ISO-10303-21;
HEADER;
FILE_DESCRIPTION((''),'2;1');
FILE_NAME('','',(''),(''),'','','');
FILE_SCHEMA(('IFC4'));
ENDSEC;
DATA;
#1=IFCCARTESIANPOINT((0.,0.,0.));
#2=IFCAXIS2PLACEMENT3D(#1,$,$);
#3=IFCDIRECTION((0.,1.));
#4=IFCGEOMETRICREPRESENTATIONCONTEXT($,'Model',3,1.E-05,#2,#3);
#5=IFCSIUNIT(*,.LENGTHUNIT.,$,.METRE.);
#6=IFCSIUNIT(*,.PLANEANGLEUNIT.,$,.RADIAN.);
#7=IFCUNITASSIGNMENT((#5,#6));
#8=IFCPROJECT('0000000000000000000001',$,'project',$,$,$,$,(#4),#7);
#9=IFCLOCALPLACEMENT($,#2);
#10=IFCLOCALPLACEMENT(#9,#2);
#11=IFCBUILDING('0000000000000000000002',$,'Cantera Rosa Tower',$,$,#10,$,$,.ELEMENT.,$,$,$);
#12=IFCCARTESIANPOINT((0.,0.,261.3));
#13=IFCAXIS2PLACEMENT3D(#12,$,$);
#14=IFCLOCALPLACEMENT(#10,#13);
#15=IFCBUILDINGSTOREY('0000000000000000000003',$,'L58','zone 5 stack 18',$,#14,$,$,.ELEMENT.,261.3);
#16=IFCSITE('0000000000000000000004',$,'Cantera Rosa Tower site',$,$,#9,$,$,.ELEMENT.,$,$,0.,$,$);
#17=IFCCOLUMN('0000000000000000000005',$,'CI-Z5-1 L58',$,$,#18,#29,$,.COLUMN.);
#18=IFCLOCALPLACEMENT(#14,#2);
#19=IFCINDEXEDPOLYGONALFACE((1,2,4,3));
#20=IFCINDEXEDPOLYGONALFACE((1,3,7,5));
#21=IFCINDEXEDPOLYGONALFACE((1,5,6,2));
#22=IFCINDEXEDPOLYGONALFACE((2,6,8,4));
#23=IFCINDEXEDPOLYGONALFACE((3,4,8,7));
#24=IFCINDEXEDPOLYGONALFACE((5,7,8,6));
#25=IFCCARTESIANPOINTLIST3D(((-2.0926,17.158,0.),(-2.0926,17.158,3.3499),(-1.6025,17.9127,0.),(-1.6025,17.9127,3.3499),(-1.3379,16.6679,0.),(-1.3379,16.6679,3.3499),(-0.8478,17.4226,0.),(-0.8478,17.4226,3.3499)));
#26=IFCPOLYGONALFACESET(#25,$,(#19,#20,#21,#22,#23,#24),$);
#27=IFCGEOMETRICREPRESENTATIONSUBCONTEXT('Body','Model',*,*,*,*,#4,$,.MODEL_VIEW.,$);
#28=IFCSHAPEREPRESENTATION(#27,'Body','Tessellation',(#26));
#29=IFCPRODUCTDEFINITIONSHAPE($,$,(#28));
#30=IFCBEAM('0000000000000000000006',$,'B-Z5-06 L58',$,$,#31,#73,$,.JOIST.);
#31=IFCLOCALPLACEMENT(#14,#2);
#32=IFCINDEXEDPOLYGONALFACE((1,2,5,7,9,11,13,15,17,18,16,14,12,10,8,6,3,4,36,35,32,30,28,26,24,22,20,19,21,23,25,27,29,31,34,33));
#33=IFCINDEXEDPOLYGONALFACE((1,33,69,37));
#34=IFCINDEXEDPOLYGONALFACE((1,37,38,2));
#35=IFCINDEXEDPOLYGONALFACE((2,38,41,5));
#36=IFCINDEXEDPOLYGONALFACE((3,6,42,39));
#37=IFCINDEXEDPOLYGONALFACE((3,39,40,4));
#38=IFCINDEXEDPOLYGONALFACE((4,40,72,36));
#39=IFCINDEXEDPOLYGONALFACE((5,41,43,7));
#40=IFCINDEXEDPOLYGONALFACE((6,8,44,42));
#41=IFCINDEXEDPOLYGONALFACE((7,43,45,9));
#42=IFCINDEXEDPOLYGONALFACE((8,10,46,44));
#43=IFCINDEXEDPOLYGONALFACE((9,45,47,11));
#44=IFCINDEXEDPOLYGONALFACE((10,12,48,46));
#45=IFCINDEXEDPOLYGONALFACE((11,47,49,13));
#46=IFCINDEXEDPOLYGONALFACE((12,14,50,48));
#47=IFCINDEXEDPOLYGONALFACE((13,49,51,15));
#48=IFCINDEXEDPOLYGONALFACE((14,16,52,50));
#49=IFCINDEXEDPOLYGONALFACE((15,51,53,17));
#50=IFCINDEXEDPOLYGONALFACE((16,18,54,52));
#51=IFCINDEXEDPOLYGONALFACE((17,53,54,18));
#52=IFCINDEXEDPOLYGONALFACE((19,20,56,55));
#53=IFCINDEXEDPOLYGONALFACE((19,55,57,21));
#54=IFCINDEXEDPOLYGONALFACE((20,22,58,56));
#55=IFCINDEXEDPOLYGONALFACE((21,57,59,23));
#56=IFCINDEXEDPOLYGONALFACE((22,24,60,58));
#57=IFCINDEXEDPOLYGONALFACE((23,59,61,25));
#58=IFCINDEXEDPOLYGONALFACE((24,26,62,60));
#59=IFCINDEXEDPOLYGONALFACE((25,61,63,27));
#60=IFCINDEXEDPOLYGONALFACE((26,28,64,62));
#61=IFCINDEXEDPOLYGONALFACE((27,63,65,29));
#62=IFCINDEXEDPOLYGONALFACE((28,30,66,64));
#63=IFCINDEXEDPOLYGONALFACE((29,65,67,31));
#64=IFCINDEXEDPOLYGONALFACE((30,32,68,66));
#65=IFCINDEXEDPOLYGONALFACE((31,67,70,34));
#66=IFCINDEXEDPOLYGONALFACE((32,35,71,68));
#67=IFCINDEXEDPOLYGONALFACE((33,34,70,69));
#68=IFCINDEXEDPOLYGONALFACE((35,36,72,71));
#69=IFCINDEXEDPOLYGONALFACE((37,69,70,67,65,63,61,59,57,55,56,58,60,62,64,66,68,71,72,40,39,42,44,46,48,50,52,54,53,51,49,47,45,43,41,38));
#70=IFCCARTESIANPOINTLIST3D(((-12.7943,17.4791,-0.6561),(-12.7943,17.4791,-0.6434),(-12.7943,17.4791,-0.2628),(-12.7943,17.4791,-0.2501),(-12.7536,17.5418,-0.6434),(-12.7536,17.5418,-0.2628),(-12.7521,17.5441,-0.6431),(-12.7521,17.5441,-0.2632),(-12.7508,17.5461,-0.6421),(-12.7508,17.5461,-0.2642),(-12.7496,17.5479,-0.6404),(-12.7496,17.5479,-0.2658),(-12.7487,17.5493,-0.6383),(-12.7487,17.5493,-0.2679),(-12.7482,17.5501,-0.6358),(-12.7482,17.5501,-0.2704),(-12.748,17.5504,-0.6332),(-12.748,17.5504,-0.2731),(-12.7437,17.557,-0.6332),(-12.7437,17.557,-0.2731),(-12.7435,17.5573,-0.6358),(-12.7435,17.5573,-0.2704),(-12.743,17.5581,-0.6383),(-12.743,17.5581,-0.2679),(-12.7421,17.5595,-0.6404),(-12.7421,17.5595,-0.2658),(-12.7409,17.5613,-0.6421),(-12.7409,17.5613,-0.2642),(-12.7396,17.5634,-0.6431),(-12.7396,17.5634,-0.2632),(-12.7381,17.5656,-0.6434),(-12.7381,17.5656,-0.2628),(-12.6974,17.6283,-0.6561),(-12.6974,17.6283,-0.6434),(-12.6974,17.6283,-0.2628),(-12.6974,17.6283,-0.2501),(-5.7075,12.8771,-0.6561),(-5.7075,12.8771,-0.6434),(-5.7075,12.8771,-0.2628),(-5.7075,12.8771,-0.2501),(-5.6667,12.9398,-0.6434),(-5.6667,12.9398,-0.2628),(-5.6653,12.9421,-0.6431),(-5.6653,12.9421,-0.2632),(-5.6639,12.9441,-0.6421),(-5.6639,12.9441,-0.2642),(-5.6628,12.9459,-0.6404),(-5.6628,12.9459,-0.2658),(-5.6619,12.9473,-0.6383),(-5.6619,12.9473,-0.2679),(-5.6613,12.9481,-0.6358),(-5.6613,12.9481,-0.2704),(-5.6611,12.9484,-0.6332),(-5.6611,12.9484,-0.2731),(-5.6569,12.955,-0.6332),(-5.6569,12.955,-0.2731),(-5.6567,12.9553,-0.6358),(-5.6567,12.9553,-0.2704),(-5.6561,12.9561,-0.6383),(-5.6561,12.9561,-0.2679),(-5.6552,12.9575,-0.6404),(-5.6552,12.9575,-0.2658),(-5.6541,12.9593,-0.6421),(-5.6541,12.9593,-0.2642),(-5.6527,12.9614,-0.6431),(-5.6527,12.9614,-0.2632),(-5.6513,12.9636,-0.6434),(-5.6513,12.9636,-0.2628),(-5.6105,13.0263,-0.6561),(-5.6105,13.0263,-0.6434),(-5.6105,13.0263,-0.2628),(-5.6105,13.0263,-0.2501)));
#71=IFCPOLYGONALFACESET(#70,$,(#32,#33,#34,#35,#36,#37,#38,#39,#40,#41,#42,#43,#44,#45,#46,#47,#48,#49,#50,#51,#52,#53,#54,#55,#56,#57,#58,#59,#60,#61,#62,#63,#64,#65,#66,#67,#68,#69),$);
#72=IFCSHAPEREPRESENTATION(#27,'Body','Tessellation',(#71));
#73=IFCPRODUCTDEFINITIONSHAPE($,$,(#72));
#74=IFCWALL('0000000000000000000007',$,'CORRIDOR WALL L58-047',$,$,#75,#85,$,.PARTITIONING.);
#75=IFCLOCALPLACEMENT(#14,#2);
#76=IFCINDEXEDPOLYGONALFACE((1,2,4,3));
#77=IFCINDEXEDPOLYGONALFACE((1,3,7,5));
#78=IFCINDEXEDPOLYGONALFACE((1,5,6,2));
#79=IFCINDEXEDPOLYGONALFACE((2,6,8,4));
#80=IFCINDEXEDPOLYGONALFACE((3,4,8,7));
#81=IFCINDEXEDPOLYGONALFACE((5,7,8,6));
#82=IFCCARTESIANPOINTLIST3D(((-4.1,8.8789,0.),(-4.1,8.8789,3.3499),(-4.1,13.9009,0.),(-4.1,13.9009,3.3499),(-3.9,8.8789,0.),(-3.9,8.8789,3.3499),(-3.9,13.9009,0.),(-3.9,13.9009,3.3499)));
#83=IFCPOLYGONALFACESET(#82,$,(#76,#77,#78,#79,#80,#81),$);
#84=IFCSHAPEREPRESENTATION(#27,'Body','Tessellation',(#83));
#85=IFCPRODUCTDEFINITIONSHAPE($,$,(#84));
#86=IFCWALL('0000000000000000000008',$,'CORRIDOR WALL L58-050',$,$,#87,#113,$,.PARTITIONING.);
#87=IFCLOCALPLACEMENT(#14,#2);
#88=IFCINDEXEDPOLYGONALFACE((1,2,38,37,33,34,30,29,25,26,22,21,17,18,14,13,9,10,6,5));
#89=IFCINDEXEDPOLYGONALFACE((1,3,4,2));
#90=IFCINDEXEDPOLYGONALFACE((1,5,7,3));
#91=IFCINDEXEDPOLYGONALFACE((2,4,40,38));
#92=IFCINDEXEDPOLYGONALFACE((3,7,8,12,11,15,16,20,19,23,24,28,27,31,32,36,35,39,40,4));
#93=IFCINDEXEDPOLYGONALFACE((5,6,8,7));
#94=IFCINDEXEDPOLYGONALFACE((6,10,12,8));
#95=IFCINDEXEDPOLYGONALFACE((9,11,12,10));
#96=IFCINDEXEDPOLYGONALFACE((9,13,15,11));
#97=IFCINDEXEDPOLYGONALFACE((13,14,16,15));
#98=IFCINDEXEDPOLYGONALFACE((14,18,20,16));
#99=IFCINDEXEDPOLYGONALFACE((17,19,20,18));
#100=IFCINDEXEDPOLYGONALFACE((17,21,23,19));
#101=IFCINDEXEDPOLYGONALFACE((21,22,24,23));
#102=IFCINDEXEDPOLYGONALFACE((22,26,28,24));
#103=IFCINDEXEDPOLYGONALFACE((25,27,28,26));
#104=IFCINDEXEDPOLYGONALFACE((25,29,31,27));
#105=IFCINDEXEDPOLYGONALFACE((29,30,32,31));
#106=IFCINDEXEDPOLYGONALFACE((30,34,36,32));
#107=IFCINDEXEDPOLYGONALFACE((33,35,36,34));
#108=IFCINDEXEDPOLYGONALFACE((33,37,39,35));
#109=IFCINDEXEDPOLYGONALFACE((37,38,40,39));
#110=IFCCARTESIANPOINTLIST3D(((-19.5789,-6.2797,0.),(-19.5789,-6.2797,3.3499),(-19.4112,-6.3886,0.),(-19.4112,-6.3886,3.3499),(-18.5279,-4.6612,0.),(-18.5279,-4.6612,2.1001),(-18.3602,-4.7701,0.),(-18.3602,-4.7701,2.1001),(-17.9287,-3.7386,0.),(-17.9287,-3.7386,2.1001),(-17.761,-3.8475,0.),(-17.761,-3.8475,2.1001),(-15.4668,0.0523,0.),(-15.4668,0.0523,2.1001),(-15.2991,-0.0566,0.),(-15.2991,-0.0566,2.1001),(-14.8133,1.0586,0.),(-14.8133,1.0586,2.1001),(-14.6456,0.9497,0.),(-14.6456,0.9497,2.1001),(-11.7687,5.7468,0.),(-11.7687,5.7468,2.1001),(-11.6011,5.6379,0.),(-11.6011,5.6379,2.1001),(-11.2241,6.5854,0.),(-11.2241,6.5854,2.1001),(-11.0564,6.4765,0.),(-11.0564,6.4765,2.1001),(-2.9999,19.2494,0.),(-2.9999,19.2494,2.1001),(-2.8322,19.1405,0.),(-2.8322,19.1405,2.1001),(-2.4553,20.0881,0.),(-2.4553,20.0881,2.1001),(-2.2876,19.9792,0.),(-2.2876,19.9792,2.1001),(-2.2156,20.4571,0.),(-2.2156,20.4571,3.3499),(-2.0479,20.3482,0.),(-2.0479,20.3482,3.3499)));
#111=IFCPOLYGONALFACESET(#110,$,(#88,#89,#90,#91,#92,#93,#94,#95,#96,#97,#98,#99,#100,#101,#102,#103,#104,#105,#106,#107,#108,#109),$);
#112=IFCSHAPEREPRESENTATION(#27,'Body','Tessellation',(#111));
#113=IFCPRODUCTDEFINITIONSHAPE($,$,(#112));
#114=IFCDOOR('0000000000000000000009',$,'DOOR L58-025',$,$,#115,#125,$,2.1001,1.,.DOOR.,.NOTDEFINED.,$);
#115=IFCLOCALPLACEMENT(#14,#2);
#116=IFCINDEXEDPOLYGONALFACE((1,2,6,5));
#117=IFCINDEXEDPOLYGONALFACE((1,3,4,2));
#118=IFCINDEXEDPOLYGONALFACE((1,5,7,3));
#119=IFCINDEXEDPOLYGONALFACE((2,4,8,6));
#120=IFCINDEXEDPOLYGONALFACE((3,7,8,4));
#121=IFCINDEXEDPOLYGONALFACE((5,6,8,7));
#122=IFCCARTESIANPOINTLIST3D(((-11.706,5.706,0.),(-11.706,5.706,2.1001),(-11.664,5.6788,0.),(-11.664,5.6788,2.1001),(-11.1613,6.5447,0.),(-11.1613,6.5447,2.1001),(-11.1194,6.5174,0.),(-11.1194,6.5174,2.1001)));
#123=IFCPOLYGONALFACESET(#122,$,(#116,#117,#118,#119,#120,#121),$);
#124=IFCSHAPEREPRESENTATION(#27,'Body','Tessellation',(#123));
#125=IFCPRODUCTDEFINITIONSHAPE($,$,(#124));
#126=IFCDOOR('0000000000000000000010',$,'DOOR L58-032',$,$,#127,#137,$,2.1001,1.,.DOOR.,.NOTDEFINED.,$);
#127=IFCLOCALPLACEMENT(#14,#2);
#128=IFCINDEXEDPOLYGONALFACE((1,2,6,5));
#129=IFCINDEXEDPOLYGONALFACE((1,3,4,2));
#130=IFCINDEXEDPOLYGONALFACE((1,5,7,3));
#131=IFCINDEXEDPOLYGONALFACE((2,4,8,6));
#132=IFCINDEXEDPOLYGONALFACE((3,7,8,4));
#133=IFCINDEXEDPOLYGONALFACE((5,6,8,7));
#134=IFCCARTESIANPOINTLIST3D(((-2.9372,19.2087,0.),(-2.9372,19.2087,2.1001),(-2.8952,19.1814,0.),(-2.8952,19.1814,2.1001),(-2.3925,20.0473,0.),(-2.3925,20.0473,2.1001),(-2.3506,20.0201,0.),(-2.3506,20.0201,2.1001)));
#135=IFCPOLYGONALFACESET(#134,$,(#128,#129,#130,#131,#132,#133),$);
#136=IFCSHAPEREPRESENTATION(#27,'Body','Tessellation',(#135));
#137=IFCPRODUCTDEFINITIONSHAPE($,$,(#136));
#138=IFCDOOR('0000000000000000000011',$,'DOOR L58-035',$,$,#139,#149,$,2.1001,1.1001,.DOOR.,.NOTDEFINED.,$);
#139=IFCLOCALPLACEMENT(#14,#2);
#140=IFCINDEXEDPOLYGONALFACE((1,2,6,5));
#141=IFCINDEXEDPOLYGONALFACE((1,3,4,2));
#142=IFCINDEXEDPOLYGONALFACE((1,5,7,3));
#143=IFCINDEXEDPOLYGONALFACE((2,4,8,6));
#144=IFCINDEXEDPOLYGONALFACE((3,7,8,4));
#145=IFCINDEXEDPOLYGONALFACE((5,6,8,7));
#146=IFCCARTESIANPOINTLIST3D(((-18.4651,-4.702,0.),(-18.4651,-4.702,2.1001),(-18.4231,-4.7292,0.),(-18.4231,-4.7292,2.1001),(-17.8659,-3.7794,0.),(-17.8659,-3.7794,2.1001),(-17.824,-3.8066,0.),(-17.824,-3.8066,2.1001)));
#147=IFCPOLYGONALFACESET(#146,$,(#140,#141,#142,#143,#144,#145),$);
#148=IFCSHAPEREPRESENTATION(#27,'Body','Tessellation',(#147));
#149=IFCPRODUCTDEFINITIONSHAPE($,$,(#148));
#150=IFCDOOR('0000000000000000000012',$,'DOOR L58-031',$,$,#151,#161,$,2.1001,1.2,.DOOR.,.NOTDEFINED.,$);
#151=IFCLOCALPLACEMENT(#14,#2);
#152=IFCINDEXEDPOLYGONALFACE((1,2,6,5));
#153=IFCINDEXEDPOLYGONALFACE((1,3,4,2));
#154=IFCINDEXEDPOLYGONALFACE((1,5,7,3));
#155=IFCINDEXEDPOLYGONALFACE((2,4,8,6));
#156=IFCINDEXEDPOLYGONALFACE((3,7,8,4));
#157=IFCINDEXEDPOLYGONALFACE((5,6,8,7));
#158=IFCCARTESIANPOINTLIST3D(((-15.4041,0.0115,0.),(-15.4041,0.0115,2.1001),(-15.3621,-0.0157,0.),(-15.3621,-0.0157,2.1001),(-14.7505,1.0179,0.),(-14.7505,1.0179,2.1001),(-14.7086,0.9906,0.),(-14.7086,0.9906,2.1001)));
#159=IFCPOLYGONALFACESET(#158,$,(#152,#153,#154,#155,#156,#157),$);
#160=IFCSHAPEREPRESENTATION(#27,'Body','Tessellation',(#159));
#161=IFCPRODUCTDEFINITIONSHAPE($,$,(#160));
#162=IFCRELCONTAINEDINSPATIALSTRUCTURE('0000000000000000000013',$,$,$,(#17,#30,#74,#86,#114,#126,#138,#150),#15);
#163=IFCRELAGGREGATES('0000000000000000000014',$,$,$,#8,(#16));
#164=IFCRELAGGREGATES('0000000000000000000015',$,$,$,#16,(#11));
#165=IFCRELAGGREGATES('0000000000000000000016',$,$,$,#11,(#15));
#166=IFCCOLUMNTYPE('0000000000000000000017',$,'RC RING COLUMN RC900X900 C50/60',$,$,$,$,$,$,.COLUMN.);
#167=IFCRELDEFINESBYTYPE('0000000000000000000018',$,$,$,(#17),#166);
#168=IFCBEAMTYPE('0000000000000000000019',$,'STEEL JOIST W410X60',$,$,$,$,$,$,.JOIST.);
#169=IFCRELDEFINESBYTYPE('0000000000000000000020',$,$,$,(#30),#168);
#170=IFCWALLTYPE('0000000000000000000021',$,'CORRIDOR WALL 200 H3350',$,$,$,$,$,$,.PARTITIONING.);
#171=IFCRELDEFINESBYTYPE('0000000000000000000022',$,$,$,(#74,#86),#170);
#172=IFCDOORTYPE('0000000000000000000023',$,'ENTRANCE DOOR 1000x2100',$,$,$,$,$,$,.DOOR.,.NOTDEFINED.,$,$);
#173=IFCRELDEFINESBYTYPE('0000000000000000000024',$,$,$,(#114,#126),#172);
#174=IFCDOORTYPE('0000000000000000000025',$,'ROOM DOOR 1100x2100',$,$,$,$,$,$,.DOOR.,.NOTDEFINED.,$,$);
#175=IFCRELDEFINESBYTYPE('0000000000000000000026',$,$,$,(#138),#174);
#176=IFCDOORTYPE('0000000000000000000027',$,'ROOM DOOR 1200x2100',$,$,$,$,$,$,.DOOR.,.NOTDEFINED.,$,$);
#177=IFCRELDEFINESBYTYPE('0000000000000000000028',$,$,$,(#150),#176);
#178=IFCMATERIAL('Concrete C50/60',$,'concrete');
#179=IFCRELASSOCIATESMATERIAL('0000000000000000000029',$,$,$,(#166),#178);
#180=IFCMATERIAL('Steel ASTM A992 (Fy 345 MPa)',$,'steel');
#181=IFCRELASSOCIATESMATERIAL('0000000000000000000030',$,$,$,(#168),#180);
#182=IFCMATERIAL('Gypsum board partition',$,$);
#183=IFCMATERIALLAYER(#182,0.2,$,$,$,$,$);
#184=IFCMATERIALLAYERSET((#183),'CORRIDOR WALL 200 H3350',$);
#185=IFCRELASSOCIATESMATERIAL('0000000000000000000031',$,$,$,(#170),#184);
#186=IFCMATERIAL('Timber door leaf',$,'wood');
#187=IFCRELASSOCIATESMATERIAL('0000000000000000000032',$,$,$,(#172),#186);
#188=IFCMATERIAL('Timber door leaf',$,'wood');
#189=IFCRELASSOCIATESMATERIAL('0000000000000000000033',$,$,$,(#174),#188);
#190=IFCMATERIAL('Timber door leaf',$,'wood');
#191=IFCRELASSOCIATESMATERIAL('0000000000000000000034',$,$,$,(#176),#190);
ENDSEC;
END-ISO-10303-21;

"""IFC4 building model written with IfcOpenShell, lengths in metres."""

from ifc_helpers import new_model, si_unit, direction, frame, frame_2d, origin, origin_2d, place, context, subcontext, project, spatial, rectangle, i_section, extrude, material, layer, layer_set, material_profile, profile_set, type_object, element, fill, save


model = new_model("IFC4")

# Units and contexts
model_context = context("Model", 3, precision=1e-05, world=origin(), true_north=direction((0.0, 1.0)))
body_context = subcontext(model_context, "Body", "Model", "MODEL_VIEW")
ifc_project = project(units=[si_unit("LENGTHUNIT", "METRE"), si_unit("PLANEANGLEUNIT", "RADIAN")], contexts=[model_context])

# Site, building, storey
site_placement = place(None, origin())
site = spatial("IfcSite", under=ifc_project, at=site_placement, Name="Cantera Rosa Tower site", CompositionType="ELEMENT", RefElevation=0.0)
building_placement = place(site_placement, origin())
building = spatial("IfcBuilding", under=site, at=building_placement, Name="Cantera Rosa Tower", CompositionType="ELEMENT")
storey_placement = place(building_placement, frame((0.0, 0.0, 261.3)))
storey = spatial("IfcBuildingStorey", under=building, at=storey_placement, Name="L58", Description="zone 5 stack 18", CompositionType="ELEMENT", Elevation=261.3)

# Column
ifc_material_1 = material(Name="Concrete C50/60", Category="concrete")
ifc_material_profile_1 = material_profile(ifc_material_1, rectangle(XDim=0.8999, YDim=0.8999, at=origin_2d()), Name="RC RING COLUMN RC900X900 C50/60")
ifc_profile_set_1 = profile_set([ifc_material_profile_1], Name="Concrete C50/60")
column_type = type_object("IfcColumnType", Name="RC RING COLUMN RC900X900 C50/60", PredefinedType="COLUMN", material=ifc_profile_set_1)
column_placement = place(storey_placement, frame((-1.4702, 17.2903, 0.0), z_axis=(0.0, 0.0, 1.0), x_axis=(0.544639, 0.838671, 0.0)))
element("IfcColumn", 1, at=column_placement, inside=storey, type_object=column_type, Name="CI-Z5-1 L58", PredefinedType="COLUMN", context=body_context, shape_type="SweptSolid", body=[
    extrude(rectangle(XDim=0.8999, YDim=0.8999, at=origin_2d()), origin(), (0.0, 0.0, 1.0), 3.3499),
])

# Beam
ifc_material_2 = material(Name="Steel ASTM A992 (Fy 345 MPa)", Category="steel")
ifc_material_profile_2 = material_profile(ifc_material_2, i_section(OverallWidth=0.178, OverallDepth=0.406, WebThickness=0.0078, FlangeThickness=0.0127, FilletRadius=0.0103, at=origin_2d()), Name="W410X60")
ifc_profile_set_2 = profile_set([ifc_material_profile_2], Name="Steel ASTM A992 (Fy 345 MPa)")
beam_type = type_object("IfcBeamType", Name="STEEL JOIST W410X60", PredefinedType="JOIST", material=ifc_profile_set_2)
beam_placement = place(storey_placement, frame((-12.7458, 17.5537, -0.4531), z_axis=(0.838684, -0.544619, 0.0), x_axis=(0.544619, 0.838684, 0.0)))
element("IfcBeam", 2, at=beam_placement, inside=storey, type_object=beam_type, Name="B-Z5-06 L58", PredefinedType="JOIST", context=body_context, shape_type="SweptSolid", body=[
    extrude(i_section(OverallWidth=0.178, OverallDepth=0.406, WebThickness=0.0078, FlangeThickness=0.0127, FilletRadius=0.0103, at=origin_2d()), origin(), (0.0, 0.0, 1.0), 8.45),
])

# Wall
ifc_material_3 = material(Name="Gypsum board partition")
ifc_layer_1 = layer(ifc_material_3, 0.2)
ifc_layer_set_1 = layer_set([ifc_layer_1], Name="CORRIDOR WALL 200 H3350")
wall_type_1 = type_object("IfcWallType", Name="CORRIDOR WALL 200 H3350", PredefinedType="PARTITIONING", material=ifc_layer_set_1)
wall_1_placement = place(storey_placement, frame((-4.0, 13.9009, 0.0), z_axis=(0.0, 0.0, 1.0), x_axis=(0.0, -1.0, 0.0)))
element("IfcWall", 3, at=wall_1_placement, inside=storey, type_object=wall_type_1, Name="CORRIDOR WALL L58-047", PredefinedType="PARTITIONING", context=body_context, shape_type="SweptSolid", body=[
    extrude(rectangle(XDim=5.022, YDim=0.2, at=frame_2d((2.511, 0.0))), origin(), (0.0, 0.0, 1.0), 3.3499),
])

# Wall, openings, doors
wall_2_placement = place(storey_placement, frame((-2.1318, 20.4026, 0.0), z_axis=(0.0, 0.0, 1.0), x_axis=(-0.544643, -0.838668, 0.0)))
wall_2 = element("IfcWall", 4, at=wall_2_placement, inside=storey, type_object=wall_type_1, Name="CORRIDOR WALL L58-050", PredefinedType="PARTITIONING", context=body_context, shape_type="SweptSolid", body=[
    extrude(rectangle(XDim=31.8801, YDim=0.2, at=frame_2d((15.9399, 0.0))), origin(), (0.0, 0.0, 1.0), 3.3499),
])
opening_1_placement = place(wall_2_placement, frame((16.54, 0.0, 0.0)))
opening_1 = element("IfcOpeningElement", 5, at=opening_1_placement, cuts=wall_2, PredefinedType="OPENING", context=body_context, shape_type="SweptSolid", body=[
    extrude(rectangle(XDim=1.0, YDim=2.1001, at=frame_2d((0.5, 1.05))), frame((0.0, 0.1099, 0.0), z_axis=(0.0, -1.0, 0.0), x_axis=(1.0, 0.0, 0.0)), (0.0, 0.0, 1.0), 0.22),
])
opening_2_placement = place(wall_2_placement, frame((23.1299, 0.0, 0.0)))
opening_2 = element("IfcOpeningElement", 6, at=opening_2_placement, cuts=wall_2, PredefinedType="OPENING", context=body_context, shape_type="SweptSolid", body=[
    extrude(rectangle(XDim=1.2, YDim=2.1001, at=frame_2d((0.6001, 1.05))), frame((0.0, 0.1099, 0.0), z_axis=(0.0, -1.0, 0.0), x_axis=(1.0, 0.0, 0.0)), (0.0, 0.0, 1.0), 0.22),
])
opening_3_placement = place(wall_2_placement, frame((0.4399, 0.0, 0.0)))
opening_3 = element("IfcOpeningElement", 7, at=opening_3_placement, cuts=wall_2, PredefinedType="OPENING", context=body_context, shape_type="SweptSolid", body=[
    extrude(rectangle(XDim=1.0, YDim=2.1001, at=frame_2d((0.5, 1.05))), frame((0.0, 0.1099, 0.0), z_axis=(0.0, -1.0, 0.0), x_axis=(1.0, 0.0, 0.0)), (0.0, 0.0, 1.0), 0.22),
])
opening_4_placement = place(wall_2_placement, frame((28.8501, 0.0, 0.0)))
opening_4 = element("IfcOpeningElement", 8, at=opening_4_placement, cuts=wall_2, PredefinedType="OPENING", context=body_context, shape_type="SweptSolid", body=[
    extrude(rectangle(XDim=1.1001, YDim=2.1001, at=frame_2d((0.55, 1.05))), frame((0.0, 0.1099, 0.0), z_axis=(0.0, -1.0, 0.0), x_axis=(1.0, 0.0, 0.0)), (0.0, 0.0, 1.0), 0.22),
])
ifc_material_4 = material(Name="Timber door leaf", Category="wood")
door_type_1 = type_object("IfcDoorType", Name="ENTRANCE DOOR 1000x2100", OperationType="NOTDEFINED", PredefinedType="DOOR", material=ifc_material_4)
door_1_placement = place(opening_1_placement, origin())
door_1 = element("IfcDoor", 9, at=door_1_placement, inside=storey, type_object=door_type_1, Name="DOOR L58-025", OperationType="NOTDEFINED", OverallHeight=2.1001, OverallWidth=1.0, PredefinedType="DOOR", context=body_context, shape_type="SweptSolid", body=[
    extrude(rectangle(XDim=1.0, YDim=2.1001, at=frame_2d((0.5, 1.05))), frame((0.0, 0.0249, 0.0), z_axis=(0.0, -1.0, 0.0), x_axis=(1.0, 0.0, 0.0)), (0.0, 0.0, 1.0), 0.05),
])
fill(opening_1, door_1)
door_2_placement = place(opening_3_placement, origin())
door_2 = element("IfcDoor", 10, at=door_2_placement, inside=storey, type_object=door_type_1, Name="DOOR L58-032", OperationType="NOTDEFINED", OverallHeight=2.1001, OverallWidth=1.0, PredefinedType="DOOR", context=body_context, shape_type="SweptSolid", body=[
    extrude(rectangle(XDim=1.0, YDim=2.1001, at=frame_2d((0.5, 1.05))), frame((0.0, 0.0249, 0.0), z_axis=(0.0, -1.0, 0.0), x_axis=(1.0, 0.0, 0.0)), (0.0, 0.0, 1.0), 0.05),
])
fill(opening_3, door_2)
ifc_material_5 = material(Name="Timber door leaf", Category="wood")
door_type_2 = type_object("IfcDoorType", Name="ROOM DOOR 1100x2100", OperationType="NOTDEFINED", PredefinedType="DOOR", material=ifc_material_5)
door_3_placement = place(opening_4_placement, origin())
door_3 = element("IfcDoor", 11, at=door_3_placement, inside=storey, type_object=door_type_2, Name="DOOR L58-035", OperationType="NOTDEFINED", OverallHeight=2.1001, OverallWidth=1.1001, PredefinedType="DOOR", context=body_context, shape_type="SweptSolid", body=[
    extrude(rectangle(XDim=1.1001, YDim=2.1001, at=frame_2d((0.55, 1.05))), frame((0.0, 0.0249, 0.0), z_axis=(0.0, -1.0, 0.0), x_axis=(1.0, 0.0, 0.0)), (0.0, 0.0, 1.0), 0.05),
])
fill(opening_4, door_3)
ifc_material_6 = material(Name="Timber door leaf", Category="wood")
door_type_3 = type_object("IfcDoorType", Name="ROOM DOOR 1200x2100", OperationType="NOTDEFINED", PredefinedType="DOOR", material=ifc_material_6)
door_4_placement = place(opening_2_placement, origin())
door_4 = element("IfcDoor", 12, at=door_4_placement, inside=storey, type_object=door_type_3, Name="DOOR L58-031", OperationType="NOTDEFINED", OverallHeight=2.1001, OverallWidth=1.2, PredefinedType="DOOR", context=body_context, shape_type="SweptSolid", body=[
    extrude(rectangle(XDim=1.2, YDim=2.1001, at=frame_2d((0.6001, 1.05))), frame((0.0, 0.0249, 0.0), z_axis=(0.0, -1.0, 0.0), x_axis=(1.0, 0.0, 0.0)), (0.0, 0.0, 1.0), 0.05),
])
fill(opening_2, door_4)

save(model, "model.ifc")
